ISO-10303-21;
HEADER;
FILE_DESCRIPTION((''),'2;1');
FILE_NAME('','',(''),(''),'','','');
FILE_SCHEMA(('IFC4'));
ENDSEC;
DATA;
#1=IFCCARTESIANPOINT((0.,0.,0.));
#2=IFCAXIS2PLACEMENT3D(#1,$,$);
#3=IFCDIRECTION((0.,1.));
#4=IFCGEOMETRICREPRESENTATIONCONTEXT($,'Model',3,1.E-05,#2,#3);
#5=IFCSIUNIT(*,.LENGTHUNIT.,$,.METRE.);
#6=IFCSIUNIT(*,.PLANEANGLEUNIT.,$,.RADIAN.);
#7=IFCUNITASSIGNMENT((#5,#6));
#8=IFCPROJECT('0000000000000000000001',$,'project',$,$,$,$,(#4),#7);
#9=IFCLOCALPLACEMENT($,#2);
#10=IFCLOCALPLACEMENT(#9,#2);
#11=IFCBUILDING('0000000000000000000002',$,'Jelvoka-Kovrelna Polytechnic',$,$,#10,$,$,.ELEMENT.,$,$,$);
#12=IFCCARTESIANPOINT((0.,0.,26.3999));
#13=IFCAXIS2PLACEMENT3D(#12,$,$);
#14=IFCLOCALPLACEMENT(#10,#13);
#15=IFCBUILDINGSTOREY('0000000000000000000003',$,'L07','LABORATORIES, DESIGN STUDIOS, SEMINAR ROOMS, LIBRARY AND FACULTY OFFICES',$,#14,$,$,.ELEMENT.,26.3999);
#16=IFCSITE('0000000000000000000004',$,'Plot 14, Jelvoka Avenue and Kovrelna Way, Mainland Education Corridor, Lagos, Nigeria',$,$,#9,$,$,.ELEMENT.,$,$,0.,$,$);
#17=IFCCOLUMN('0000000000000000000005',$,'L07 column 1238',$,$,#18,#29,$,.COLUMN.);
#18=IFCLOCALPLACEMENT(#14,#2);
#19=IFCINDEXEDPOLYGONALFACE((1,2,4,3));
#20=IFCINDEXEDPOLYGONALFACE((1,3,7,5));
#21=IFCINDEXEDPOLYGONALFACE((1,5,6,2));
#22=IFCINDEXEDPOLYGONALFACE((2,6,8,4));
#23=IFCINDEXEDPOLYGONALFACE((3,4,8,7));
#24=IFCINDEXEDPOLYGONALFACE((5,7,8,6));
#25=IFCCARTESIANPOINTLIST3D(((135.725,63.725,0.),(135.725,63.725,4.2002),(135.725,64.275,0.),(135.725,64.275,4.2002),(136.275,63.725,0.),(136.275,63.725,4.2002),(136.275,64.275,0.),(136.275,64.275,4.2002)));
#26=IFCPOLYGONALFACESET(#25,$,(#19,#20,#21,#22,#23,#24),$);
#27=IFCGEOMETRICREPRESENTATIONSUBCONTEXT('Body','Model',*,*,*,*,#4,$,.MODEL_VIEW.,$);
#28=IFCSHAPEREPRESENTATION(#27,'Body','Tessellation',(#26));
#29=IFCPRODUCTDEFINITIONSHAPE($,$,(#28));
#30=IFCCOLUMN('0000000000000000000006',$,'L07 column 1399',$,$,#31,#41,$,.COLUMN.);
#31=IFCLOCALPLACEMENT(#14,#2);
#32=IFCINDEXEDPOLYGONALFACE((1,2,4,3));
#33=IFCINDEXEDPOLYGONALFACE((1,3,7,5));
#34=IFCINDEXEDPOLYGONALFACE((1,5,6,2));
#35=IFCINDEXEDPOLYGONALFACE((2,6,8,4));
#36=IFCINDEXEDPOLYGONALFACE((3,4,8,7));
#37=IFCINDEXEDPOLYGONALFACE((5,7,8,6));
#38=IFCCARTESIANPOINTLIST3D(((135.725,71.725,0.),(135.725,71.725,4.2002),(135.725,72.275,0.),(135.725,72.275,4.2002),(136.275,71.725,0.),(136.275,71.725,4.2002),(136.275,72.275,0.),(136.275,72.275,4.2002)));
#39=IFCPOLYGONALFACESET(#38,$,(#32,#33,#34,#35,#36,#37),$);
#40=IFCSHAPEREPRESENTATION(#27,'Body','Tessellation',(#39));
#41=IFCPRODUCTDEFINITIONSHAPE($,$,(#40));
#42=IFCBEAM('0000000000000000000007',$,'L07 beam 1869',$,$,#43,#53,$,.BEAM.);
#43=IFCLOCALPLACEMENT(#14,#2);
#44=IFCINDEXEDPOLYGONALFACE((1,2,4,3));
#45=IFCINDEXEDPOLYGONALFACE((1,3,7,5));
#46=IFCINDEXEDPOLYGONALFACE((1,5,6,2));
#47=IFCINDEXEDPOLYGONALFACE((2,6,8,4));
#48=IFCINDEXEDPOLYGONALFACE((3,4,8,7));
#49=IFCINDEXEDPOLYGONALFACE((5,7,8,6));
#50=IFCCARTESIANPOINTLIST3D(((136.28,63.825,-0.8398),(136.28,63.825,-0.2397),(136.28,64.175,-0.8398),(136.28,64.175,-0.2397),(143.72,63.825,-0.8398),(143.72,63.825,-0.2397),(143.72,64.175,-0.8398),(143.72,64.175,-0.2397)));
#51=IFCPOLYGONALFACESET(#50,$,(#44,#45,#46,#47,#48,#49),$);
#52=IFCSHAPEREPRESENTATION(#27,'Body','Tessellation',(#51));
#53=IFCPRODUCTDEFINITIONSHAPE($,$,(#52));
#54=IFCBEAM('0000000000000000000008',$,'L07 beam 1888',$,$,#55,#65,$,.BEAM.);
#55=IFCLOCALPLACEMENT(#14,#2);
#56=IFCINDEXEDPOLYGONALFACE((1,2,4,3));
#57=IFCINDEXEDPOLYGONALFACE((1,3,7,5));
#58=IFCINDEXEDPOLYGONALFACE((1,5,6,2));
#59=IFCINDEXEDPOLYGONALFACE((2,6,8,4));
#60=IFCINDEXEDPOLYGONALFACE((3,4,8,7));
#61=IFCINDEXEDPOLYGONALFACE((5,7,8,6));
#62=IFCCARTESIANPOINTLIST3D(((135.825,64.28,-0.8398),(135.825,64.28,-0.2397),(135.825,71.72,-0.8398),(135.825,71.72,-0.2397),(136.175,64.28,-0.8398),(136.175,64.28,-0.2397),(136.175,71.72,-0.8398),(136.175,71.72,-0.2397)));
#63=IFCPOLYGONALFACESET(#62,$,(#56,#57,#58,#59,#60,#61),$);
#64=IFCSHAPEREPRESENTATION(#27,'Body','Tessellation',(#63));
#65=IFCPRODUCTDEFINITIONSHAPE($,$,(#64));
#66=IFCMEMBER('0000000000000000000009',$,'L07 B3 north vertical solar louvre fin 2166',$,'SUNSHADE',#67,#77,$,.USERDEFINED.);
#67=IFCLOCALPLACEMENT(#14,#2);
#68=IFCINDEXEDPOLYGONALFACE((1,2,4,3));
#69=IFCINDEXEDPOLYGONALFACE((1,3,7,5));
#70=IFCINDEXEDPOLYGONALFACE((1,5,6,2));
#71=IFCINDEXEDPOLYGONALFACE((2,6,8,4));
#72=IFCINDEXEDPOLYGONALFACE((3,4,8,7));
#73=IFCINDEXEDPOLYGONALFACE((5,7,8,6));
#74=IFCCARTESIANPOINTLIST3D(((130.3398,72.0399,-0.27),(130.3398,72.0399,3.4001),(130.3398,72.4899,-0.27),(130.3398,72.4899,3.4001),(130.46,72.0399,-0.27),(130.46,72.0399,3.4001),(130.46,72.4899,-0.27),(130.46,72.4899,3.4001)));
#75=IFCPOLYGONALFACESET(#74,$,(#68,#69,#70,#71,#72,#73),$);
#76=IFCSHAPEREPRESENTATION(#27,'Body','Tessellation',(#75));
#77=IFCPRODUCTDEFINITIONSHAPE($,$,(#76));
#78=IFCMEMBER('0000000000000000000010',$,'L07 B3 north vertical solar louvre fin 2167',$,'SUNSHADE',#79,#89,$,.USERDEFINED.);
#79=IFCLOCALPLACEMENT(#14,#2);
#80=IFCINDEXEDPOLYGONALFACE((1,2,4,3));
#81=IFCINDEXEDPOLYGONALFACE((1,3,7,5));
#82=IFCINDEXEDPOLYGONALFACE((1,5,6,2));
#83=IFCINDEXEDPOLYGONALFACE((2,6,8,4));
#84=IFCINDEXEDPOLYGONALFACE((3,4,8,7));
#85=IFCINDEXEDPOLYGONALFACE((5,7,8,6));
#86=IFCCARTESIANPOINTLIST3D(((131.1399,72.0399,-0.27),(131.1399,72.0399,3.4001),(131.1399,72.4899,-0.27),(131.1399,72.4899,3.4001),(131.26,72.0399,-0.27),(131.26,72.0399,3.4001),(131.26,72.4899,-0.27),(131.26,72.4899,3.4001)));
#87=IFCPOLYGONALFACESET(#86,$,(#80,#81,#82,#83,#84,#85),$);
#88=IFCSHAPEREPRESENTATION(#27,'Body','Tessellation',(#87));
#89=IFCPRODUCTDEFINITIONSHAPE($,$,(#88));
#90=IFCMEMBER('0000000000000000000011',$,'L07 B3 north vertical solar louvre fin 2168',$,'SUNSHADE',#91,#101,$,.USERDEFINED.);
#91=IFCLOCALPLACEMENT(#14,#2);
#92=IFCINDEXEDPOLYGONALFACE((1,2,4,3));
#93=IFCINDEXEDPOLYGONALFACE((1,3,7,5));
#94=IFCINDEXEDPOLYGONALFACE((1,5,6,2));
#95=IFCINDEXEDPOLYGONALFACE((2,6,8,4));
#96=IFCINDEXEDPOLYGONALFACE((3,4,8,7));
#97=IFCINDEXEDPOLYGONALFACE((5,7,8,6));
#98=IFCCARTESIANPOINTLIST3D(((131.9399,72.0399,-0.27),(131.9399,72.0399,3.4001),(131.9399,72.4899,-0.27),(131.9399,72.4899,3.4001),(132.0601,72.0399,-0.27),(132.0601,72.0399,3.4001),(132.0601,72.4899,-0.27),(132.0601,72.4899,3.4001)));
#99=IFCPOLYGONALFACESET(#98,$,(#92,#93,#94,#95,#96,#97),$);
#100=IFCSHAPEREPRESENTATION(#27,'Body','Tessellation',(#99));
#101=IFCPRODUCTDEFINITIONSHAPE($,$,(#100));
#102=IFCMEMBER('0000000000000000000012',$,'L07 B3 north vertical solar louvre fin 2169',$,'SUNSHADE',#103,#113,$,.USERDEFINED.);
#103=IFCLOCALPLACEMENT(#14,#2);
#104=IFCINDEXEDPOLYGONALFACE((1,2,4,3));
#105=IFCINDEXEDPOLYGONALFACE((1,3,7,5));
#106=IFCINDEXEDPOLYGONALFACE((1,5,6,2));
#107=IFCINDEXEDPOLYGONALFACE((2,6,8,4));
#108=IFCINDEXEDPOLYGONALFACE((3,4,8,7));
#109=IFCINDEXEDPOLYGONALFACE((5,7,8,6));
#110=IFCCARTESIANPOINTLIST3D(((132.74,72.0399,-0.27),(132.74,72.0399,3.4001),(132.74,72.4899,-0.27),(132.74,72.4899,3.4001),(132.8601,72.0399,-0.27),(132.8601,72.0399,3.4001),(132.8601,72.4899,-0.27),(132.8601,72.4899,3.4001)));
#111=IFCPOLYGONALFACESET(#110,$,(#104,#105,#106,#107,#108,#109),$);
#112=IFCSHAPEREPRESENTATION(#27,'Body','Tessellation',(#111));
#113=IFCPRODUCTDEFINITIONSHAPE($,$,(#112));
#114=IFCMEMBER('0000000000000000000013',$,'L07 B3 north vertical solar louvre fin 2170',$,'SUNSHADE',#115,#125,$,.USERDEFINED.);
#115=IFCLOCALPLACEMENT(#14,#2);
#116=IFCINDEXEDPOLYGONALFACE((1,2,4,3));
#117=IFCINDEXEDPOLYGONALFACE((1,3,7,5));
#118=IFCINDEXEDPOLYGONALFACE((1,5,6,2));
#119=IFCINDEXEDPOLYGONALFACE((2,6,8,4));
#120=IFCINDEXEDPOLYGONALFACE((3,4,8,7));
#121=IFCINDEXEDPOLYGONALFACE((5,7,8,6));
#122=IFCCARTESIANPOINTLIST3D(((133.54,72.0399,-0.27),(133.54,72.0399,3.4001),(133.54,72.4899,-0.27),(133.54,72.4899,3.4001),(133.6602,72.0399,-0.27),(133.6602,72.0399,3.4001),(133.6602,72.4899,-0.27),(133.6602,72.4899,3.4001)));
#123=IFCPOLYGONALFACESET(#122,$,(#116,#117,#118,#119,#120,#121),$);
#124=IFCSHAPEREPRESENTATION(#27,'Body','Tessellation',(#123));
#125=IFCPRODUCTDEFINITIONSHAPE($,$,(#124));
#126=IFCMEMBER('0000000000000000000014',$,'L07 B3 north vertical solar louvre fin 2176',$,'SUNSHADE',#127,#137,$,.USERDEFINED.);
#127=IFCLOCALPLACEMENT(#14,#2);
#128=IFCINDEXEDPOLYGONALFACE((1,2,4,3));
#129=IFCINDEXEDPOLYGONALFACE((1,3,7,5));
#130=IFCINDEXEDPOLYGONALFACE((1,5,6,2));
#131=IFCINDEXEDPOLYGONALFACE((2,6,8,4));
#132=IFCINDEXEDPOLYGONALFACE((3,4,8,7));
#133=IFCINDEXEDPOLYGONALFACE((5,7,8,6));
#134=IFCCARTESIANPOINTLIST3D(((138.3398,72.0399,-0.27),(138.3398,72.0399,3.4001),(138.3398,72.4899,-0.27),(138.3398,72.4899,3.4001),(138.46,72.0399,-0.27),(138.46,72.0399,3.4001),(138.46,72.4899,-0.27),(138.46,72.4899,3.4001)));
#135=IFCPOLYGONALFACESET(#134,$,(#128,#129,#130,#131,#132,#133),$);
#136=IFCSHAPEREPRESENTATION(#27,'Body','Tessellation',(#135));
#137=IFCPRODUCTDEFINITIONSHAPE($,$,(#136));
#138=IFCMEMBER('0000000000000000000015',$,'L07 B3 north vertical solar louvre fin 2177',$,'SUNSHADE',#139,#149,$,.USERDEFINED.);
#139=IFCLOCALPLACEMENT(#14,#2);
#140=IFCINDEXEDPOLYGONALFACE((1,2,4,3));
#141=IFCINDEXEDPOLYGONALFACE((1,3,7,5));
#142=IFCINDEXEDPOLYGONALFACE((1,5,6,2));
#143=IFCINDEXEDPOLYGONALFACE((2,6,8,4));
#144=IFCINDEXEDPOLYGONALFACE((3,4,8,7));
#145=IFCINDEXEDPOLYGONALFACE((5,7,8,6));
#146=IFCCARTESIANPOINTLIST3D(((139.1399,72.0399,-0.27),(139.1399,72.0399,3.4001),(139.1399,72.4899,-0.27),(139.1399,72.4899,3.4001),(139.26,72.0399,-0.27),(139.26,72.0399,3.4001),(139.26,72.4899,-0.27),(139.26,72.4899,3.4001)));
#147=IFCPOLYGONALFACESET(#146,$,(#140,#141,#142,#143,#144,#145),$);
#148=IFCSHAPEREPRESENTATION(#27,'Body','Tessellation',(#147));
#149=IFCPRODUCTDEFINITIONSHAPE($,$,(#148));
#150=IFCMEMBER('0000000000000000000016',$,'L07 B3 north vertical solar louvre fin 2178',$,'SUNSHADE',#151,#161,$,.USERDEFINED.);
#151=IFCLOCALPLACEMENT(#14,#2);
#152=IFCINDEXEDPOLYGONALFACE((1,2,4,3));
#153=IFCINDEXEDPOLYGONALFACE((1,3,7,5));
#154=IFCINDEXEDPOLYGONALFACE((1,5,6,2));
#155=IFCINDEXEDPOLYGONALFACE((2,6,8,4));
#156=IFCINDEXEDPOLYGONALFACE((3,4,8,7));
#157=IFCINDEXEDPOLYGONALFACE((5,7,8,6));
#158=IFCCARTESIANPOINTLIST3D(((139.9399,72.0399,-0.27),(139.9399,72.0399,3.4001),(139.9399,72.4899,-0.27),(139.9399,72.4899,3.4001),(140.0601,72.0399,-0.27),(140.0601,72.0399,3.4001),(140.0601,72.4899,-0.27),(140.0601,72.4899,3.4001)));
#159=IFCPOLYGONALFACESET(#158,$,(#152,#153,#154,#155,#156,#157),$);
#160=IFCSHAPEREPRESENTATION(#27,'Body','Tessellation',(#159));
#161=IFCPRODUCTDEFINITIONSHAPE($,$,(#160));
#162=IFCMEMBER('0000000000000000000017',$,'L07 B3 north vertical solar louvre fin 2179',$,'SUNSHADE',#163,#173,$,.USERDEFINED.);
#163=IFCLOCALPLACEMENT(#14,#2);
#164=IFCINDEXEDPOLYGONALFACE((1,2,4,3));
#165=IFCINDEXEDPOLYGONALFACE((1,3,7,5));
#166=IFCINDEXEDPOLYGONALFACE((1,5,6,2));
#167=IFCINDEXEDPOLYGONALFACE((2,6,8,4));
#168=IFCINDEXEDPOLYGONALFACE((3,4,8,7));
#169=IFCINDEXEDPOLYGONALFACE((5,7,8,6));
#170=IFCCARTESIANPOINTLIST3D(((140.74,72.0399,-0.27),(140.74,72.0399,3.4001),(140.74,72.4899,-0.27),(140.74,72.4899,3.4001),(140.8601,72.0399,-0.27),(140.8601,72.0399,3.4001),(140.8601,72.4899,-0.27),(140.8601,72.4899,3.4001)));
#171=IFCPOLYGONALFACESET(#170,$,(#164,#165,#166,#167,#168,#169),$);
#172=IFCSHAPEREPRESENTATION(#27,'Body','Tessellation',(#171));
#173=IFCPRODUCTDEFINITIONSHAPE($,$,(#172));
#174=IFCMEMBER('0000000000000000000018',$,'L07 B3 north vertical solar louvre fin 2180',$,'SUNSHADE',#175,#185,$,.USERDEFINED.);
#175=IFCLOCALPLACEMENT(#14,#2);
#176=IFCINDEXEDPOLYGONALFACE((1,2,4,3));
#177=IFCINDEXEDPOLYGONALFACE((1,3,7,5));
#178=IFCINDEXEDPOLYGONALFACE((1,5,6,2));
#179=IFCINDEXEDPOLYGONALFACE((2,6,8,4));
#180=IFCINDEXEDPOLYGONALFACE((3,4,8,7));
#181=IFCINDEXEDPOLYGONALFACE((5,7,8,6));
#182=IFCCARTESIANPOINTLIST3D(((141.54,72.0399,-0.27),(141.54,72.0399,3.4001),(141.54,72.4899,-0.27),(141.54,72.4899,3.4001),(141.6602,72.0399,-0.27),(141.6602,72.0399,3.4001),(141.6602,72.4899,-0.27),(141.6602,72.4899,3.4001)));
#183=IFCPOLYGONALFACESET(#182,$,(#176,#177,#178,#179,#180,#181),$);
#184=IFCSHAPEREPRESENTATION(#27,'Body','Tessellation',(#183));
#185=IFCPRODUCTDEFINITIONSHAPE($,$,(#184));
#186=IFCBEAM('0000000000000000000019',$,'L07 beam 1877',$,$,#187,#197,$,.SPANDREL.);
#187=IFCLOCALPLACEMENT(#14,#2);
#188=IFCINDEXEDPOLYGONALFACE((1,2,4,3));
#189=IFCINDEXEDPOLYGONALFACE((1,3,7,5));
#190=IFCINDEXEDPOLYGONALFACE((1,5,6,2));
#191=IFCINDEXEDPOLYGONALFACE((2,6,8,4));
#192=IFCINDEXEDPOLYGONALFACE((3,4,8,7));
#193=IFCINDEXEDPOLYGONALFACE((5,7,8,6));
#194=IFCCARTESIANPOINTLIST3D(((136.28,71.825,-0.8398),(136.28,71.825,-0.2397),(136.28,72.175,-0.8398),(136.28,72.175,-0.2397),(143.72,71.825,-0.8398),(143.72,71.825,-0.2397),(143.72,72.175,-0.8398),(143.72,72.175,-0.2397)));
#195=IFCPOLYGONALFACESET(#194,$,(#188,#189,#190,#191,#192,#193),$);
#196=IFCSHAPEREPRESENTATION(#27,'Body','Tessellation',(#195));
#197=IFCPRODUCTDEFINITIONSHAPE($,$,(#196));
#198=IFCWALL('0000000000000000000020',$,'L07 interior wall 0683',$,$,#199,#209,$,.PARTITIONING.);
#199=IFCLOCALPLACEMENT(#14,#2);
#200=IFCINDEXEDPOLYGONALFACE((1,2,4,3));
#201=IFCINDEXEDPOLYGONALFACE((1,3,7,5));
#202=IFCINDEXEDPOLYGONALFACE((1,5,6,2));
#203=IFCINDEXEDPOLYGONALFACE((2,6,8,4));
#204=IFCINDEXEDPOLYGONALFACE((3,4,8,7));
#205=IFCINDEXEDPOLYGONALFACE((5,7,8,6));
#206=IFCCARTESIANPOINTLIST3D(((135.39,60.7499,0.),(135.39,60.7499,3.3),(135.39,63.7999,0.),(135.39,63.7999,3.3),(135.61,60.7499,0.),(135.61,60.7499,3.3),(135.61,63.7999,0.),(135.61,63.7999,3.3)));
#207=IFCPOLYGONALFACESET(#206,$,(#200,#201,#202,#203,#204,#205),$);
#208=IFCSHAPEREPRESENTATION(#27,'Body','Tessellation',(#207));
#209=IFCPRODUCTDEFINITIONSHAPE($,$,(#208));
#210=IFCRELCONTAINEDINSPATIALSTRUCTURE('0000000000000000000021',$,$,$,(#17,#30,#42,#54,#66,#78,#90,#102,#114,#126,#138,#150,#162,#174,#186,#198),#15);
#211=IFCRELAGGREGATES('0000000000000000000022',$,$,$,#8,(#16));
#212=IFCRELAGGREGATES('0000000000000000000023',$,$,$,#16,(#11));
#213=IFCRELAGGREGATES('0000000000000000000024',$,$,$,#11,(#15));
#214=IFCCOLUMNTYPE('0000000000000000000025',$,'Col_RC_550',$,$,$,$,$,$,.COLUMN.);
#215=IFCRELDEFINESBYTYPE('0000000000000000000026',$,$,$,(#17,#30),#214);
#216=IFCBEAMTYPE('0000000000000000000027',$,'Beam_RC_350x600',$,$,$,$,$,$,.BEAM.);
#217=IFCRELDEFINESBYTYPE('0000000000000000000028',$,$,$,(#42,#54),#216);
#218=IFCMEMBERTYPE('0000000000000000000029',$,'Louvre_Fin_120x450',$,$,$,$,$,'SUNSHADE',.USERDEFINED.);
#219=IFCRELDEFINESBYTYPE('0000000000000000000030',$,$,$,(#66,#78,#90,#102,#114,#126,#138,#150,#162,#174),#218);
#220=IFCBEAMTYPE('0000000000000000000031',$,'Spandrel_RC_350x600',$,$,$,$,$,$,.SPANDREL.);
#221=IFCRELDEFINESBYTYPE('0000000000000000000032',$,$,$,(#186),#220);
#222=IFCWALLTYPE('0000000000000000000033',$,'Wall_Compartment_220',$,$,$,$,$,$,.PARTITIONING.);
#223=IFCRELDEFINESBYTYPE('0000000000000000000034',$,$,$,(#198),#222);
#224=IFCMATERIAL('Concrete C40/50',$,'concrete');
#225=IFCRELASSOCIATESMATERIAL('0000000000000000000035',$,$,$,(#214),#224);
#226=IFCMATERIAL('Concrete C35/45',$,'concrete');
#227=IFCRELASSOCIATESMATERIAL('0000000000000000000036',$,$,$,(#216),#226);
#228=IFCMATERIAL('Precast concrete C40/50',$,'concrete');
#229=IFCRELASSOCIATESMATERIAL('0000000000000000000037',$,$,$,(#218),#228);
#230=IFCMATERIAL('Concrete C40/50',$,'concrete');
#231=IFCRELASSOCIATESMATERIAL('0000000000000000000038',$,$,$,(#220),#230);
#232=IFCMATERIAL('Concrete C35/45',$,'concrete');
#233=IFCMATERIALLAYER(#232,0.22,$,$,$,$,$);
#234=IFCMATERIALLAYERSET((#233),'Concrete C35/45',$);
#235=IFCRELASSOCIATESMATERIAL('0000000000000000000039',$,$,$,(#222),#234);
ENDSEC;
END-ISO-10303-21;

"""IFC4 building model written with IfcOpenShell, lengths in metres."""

from ifc_helpers import new_model, si_unit, direction, frame, frame_2d, origin, origin_2d, place, context, subcontext, project, spatial, rectangle, extrude, material, layer, layer_set, material_profile, profile_set, type_object, element, save


model = new_model("IFC4")

# Units and contexts
model_context = context("Model", 3, precision=1e-05, world=origin(), true_north=direction((0.0, 1.0)))
body_context = subcontext(model_context, "Body", "Model", "MODEL_VIEW")
ifc_project = project(units=[si_unit("LENGTHUNIT", "METRE"), si_unit("PLANEANGLEUNIT", "RADIAN")], contexts=[model_context])

# Site, building, storey
site_placement = place(None, origin())
site = spatial("IfcSite", under=ifc_project, at=site_placement, Name="Plot 14, Jelvoka Avenue and Kovrelna Way, Mainland Education Corridor, Lagos, Nigeria", CompositionType="ELEMENT", RefElevation=0.0)
building_placement = place(site_placement, origin())
building = spatial("IfcBuilding", under=site, at=building_placement, Name="Jelvoka-Kovrelna Polytechnic", CompositionType="ELEMENT")
storey_placement = place(building_placement, frame((0.0, 0.0, 26.3999)))
storey = spatial("IfcBuildingStorey", under=building, at=storey_placement, Name="L07", Description="LABORATORIES, DESIGN STUDIOS, SEMINAR ROOMS, LIBRARY AND FACULTY OFFICES", CompositionType="ELEMENT", Elevation=26.3999)

# Columns
ifc_material_1 = material(Name="Concrete C40/50", Category="concrete")
ifc_material_profile_1 = material_profile(ifc_material_1, rectangle(XDim=0.55, YDim=0.55, at=origin_2d()), Name="RC 550x550")
ifc_profile_set_1 = profile_set([ifc_material_profile_1], Name="Concrete C40/50")
column_type = type_object("IfcColumnType", Name="Col_RC_550", PredefinedType="COLUMN", material=ifc_profile_set_1)
for number, where, z_axis, x_axis, name in (
    (1, (136.0, 64.0, 0.0), (0.0, 0.0, 1.0), (1.0, 0.0, 0.0), "L07 column 1238"),
    (2, (136.0, 72.0, 0.0), (0.0, 0.0, 1.0), (1.0, 0.0, 0.0), "L07 column 1399"),
):
    element("IfcColumn", number, at=place(storey_placement, frame(where, z_axis=z_axis, x_axis=x_axis)), inside=storey, type_object=column_type, Name=name, PredefinedType="COLUMN", context=body_context, shape_type="SweptSolid", body=[
        extrude(rectangle(XDim=0.55, YDim=0.55, at=origin_2d()), origin(), (0.0, 0.0, 1.0), 4.2002),
    ])

# Beams
ifc_material_2 = material(Name="Concrete C35/45", Category="concrete")
ifc_material_profile_2 = material_profile(ifc_material_2, rectangle(XDim=0.3501, YDim=0.6001, at=origin_2d()), Name="RC 350x600")
ifc_profile_set_2 = profile_set([ifc_material_profile_2], Name="Concrete C35/45")
beam_type_1 = type_object("IfcBeamType", Name="Beam_RC_350x600", PredefinedType="BEAM", material=ifc_profile_set_2)
for number, where, z_axis, x_axis, name in (
    (3, (136.28, 64.0, -0.5398), (1.0, 0.0, 0.0), (0.0, 1.0, 0.0), "L07 beam 1869"),
    (4, (136.0, 64.28, -0.5398), (0.0, 1.0, 0.0), (-1.0, 0.0, 0.0), "L07 beam 1888"),
):
    element("IfcBeam", number, at=place(storey_placement, frame(where, z_axis=z_axis, x_axis=x_axis)), inside=storey, type_object=beam_type_1, Name=name, PredefinedType="BEAM", context=body_context, shape_type="SweptSolid", body=[
        extrude(rectangle(XDim=0.3501, YDim=0.6001, at=origin_2d()), origin(), (0.0, 0.0, 1.0), 7.4399),
    ])

# Members
ifc_material_3 = material(Name="Precast concrete C40/50", Category="concrete")
ifc_material_profile_3 = material_profile(ifc_material_3, rectangle(XDim=0.1201, YDim=0.45, at=origin_2d()), Name="PC 120x450")
ifc_profile_set_3 = profile_set([ifc_material_profile_3], Name="Precast concrete C40/50")
member_type = type_object("IfcMemberType", Name="Louvre_Fin_120x450", ElementType="SUNSHADE", PredefinedType="USERDEFINED", material=ifc_profile_set_3)
for number, where, z_axis, x_axis, name in (
    (5, (130.3999, 72.2649, -0.27), (0.0, 0.0, 1.0), (1.0, 0.0, 0.0), "L07 B3 north vertical solar louvre fin 2166"),
    (6, (131.2, 72.2649, -0.27), (0.0, 0.0, 1.0), (1.0, 0.0, 0.0), "L07 B3 north vertical solar louvre fin 2167"),
    (7, (132.0, 72.2649, -0.27), (0.0, 0.0, 1.0), (1.0, 0.0, 0.0), "L07 B3 north vertical solar louvre fin 2168"),
    (8, (132.8, 72.2649, -0.27), (0.0, 0.0, 1.0), (1.0, 0.0, 0.0), "L07 B3 north vertical solar louvre fin 2169"),
    (9, (133.6001, 72.2649, -0.27), (0.0, 0.0, 1.0), (1.0, 0.0, 0.0), "L07 B3 north vertical solar louvre fin 2170"),
    (10, (138.3999, 72.2649, -0.27), (0.0, 0.0, 1.0), (1.0, 0.0, 0.0), "L07 B3 north vertical solar louvre fin 2176"),
    (11, (139.2, 72.2649, -0.27), (0.0, 0.0, 1.0), (1.0, 0.0, 0.0), "L07 B3 north vertical solar louvre fin 2177"),
    (12, (140.0, 72.2649, -0.27), (0.0, 0.0, 1.0), (1.0, 0.0, 0.0), "L07 B3 north vertical solar louvre fin 2178"),
    (13, (140.8, 72.2649, -0.27), (0.0, 0.0, 1.0), (1.0, 0.0, 0.0), "L07 B3 north vertical solar louvre fin 2179"),
    (14, (141.6001, 72.2649, -0.27), (0.0, 0.0, 1.0), (1.0, 0.0, 0.0), "L07 B3 north vertical solar louvre fin 2180"),
):
    element("IfcMember", number, at=place(storey_placement, frame(where, z_axis=z_axis, x_axis=x_axis)), inside=storey, type_object=member_type, Name=name, ObjectType="SUNSHADE", PredefinedType="USERDEFINED", context=body_context, shape_type="SweptSolid", body=[
        extrude(rectangle(XDim=0.1201, YDim=0.45, at=origin_2d()), origin(), (0.0, 0.0, 1.0), 3.6702),
    ])

# Beam
ifc_material_4 = material(Name="Concrete C40/50", Category="concrete")
ifc_material_profile_4 = material_profile(ifc_material_4, rectangle(XDim=0.3501, YDim=0.6001, at=origin_2d()), Name="RC 350x600")
ifc_profile_set_4 = profile_set([ifc_material_profile_4], Name="Concrete C40/50")
beam_type_2 = type_object("IfcBeamType", Name="Spandrel_RC_350x600", PredefinedType="SPANDREL", material=ifc_profile_set_4)
beam_placement = place(storey_placement, frame((136.28, 72.0, -0.5398), z_axis=(1.0, 0.0, 0.0), x_axis=(0.0, 1.0, 0.0)))
element("IfcBeam", 15, at=beam_placement, inside=storey, type_object=beam_type_2, Name="L07 beam 1877", PredefinedType="SPANDREL", context=body_context, shape_type="SweptSolid", body=[
    extrude(rectangle(XDim=0.3501, YDim=0.6001, at=origin_2d()), origin(), (0.0, 0.0, 1.0), 7.4399),
])

# Wall
ifc_material_5 = material(Name="Concrete C35/45", Category="concrete")
ifc_layer_1 = layer(ifc_material_5, 0.22)
ifc_layer_set_1 = layer_set([ifc_layer_1], Name="Concrete C35/45")
wall_type_1 = type_object("IfcWallType", Name="Wall_Compartment_220", PredefinedType="PARTITIONING", material=ifc_layer_set_1)
wall_1_placement = place(storey_placement, frame((135.5, 60.75, 0.0), z_axis=(0.0, 0.0, 1.0), x_axis=(0.0, 1.0, 0.0)))
element("IfcWall", 16, at=wall_1_placement, inside=storey, type_object=wall_type_1, Name="L07 interior wall 0683", PredefinedType="PARTITIONING", context=body_context, shape_type="SweptSolid", body=[
    extrude(rectangle(XDim=3.05, YDim=0.22, at=frame_2d((1.5249, 0.0))), origin(), (0.0, 0.0, 1.0), 3.3),
])

save(model, "model.ifc")
